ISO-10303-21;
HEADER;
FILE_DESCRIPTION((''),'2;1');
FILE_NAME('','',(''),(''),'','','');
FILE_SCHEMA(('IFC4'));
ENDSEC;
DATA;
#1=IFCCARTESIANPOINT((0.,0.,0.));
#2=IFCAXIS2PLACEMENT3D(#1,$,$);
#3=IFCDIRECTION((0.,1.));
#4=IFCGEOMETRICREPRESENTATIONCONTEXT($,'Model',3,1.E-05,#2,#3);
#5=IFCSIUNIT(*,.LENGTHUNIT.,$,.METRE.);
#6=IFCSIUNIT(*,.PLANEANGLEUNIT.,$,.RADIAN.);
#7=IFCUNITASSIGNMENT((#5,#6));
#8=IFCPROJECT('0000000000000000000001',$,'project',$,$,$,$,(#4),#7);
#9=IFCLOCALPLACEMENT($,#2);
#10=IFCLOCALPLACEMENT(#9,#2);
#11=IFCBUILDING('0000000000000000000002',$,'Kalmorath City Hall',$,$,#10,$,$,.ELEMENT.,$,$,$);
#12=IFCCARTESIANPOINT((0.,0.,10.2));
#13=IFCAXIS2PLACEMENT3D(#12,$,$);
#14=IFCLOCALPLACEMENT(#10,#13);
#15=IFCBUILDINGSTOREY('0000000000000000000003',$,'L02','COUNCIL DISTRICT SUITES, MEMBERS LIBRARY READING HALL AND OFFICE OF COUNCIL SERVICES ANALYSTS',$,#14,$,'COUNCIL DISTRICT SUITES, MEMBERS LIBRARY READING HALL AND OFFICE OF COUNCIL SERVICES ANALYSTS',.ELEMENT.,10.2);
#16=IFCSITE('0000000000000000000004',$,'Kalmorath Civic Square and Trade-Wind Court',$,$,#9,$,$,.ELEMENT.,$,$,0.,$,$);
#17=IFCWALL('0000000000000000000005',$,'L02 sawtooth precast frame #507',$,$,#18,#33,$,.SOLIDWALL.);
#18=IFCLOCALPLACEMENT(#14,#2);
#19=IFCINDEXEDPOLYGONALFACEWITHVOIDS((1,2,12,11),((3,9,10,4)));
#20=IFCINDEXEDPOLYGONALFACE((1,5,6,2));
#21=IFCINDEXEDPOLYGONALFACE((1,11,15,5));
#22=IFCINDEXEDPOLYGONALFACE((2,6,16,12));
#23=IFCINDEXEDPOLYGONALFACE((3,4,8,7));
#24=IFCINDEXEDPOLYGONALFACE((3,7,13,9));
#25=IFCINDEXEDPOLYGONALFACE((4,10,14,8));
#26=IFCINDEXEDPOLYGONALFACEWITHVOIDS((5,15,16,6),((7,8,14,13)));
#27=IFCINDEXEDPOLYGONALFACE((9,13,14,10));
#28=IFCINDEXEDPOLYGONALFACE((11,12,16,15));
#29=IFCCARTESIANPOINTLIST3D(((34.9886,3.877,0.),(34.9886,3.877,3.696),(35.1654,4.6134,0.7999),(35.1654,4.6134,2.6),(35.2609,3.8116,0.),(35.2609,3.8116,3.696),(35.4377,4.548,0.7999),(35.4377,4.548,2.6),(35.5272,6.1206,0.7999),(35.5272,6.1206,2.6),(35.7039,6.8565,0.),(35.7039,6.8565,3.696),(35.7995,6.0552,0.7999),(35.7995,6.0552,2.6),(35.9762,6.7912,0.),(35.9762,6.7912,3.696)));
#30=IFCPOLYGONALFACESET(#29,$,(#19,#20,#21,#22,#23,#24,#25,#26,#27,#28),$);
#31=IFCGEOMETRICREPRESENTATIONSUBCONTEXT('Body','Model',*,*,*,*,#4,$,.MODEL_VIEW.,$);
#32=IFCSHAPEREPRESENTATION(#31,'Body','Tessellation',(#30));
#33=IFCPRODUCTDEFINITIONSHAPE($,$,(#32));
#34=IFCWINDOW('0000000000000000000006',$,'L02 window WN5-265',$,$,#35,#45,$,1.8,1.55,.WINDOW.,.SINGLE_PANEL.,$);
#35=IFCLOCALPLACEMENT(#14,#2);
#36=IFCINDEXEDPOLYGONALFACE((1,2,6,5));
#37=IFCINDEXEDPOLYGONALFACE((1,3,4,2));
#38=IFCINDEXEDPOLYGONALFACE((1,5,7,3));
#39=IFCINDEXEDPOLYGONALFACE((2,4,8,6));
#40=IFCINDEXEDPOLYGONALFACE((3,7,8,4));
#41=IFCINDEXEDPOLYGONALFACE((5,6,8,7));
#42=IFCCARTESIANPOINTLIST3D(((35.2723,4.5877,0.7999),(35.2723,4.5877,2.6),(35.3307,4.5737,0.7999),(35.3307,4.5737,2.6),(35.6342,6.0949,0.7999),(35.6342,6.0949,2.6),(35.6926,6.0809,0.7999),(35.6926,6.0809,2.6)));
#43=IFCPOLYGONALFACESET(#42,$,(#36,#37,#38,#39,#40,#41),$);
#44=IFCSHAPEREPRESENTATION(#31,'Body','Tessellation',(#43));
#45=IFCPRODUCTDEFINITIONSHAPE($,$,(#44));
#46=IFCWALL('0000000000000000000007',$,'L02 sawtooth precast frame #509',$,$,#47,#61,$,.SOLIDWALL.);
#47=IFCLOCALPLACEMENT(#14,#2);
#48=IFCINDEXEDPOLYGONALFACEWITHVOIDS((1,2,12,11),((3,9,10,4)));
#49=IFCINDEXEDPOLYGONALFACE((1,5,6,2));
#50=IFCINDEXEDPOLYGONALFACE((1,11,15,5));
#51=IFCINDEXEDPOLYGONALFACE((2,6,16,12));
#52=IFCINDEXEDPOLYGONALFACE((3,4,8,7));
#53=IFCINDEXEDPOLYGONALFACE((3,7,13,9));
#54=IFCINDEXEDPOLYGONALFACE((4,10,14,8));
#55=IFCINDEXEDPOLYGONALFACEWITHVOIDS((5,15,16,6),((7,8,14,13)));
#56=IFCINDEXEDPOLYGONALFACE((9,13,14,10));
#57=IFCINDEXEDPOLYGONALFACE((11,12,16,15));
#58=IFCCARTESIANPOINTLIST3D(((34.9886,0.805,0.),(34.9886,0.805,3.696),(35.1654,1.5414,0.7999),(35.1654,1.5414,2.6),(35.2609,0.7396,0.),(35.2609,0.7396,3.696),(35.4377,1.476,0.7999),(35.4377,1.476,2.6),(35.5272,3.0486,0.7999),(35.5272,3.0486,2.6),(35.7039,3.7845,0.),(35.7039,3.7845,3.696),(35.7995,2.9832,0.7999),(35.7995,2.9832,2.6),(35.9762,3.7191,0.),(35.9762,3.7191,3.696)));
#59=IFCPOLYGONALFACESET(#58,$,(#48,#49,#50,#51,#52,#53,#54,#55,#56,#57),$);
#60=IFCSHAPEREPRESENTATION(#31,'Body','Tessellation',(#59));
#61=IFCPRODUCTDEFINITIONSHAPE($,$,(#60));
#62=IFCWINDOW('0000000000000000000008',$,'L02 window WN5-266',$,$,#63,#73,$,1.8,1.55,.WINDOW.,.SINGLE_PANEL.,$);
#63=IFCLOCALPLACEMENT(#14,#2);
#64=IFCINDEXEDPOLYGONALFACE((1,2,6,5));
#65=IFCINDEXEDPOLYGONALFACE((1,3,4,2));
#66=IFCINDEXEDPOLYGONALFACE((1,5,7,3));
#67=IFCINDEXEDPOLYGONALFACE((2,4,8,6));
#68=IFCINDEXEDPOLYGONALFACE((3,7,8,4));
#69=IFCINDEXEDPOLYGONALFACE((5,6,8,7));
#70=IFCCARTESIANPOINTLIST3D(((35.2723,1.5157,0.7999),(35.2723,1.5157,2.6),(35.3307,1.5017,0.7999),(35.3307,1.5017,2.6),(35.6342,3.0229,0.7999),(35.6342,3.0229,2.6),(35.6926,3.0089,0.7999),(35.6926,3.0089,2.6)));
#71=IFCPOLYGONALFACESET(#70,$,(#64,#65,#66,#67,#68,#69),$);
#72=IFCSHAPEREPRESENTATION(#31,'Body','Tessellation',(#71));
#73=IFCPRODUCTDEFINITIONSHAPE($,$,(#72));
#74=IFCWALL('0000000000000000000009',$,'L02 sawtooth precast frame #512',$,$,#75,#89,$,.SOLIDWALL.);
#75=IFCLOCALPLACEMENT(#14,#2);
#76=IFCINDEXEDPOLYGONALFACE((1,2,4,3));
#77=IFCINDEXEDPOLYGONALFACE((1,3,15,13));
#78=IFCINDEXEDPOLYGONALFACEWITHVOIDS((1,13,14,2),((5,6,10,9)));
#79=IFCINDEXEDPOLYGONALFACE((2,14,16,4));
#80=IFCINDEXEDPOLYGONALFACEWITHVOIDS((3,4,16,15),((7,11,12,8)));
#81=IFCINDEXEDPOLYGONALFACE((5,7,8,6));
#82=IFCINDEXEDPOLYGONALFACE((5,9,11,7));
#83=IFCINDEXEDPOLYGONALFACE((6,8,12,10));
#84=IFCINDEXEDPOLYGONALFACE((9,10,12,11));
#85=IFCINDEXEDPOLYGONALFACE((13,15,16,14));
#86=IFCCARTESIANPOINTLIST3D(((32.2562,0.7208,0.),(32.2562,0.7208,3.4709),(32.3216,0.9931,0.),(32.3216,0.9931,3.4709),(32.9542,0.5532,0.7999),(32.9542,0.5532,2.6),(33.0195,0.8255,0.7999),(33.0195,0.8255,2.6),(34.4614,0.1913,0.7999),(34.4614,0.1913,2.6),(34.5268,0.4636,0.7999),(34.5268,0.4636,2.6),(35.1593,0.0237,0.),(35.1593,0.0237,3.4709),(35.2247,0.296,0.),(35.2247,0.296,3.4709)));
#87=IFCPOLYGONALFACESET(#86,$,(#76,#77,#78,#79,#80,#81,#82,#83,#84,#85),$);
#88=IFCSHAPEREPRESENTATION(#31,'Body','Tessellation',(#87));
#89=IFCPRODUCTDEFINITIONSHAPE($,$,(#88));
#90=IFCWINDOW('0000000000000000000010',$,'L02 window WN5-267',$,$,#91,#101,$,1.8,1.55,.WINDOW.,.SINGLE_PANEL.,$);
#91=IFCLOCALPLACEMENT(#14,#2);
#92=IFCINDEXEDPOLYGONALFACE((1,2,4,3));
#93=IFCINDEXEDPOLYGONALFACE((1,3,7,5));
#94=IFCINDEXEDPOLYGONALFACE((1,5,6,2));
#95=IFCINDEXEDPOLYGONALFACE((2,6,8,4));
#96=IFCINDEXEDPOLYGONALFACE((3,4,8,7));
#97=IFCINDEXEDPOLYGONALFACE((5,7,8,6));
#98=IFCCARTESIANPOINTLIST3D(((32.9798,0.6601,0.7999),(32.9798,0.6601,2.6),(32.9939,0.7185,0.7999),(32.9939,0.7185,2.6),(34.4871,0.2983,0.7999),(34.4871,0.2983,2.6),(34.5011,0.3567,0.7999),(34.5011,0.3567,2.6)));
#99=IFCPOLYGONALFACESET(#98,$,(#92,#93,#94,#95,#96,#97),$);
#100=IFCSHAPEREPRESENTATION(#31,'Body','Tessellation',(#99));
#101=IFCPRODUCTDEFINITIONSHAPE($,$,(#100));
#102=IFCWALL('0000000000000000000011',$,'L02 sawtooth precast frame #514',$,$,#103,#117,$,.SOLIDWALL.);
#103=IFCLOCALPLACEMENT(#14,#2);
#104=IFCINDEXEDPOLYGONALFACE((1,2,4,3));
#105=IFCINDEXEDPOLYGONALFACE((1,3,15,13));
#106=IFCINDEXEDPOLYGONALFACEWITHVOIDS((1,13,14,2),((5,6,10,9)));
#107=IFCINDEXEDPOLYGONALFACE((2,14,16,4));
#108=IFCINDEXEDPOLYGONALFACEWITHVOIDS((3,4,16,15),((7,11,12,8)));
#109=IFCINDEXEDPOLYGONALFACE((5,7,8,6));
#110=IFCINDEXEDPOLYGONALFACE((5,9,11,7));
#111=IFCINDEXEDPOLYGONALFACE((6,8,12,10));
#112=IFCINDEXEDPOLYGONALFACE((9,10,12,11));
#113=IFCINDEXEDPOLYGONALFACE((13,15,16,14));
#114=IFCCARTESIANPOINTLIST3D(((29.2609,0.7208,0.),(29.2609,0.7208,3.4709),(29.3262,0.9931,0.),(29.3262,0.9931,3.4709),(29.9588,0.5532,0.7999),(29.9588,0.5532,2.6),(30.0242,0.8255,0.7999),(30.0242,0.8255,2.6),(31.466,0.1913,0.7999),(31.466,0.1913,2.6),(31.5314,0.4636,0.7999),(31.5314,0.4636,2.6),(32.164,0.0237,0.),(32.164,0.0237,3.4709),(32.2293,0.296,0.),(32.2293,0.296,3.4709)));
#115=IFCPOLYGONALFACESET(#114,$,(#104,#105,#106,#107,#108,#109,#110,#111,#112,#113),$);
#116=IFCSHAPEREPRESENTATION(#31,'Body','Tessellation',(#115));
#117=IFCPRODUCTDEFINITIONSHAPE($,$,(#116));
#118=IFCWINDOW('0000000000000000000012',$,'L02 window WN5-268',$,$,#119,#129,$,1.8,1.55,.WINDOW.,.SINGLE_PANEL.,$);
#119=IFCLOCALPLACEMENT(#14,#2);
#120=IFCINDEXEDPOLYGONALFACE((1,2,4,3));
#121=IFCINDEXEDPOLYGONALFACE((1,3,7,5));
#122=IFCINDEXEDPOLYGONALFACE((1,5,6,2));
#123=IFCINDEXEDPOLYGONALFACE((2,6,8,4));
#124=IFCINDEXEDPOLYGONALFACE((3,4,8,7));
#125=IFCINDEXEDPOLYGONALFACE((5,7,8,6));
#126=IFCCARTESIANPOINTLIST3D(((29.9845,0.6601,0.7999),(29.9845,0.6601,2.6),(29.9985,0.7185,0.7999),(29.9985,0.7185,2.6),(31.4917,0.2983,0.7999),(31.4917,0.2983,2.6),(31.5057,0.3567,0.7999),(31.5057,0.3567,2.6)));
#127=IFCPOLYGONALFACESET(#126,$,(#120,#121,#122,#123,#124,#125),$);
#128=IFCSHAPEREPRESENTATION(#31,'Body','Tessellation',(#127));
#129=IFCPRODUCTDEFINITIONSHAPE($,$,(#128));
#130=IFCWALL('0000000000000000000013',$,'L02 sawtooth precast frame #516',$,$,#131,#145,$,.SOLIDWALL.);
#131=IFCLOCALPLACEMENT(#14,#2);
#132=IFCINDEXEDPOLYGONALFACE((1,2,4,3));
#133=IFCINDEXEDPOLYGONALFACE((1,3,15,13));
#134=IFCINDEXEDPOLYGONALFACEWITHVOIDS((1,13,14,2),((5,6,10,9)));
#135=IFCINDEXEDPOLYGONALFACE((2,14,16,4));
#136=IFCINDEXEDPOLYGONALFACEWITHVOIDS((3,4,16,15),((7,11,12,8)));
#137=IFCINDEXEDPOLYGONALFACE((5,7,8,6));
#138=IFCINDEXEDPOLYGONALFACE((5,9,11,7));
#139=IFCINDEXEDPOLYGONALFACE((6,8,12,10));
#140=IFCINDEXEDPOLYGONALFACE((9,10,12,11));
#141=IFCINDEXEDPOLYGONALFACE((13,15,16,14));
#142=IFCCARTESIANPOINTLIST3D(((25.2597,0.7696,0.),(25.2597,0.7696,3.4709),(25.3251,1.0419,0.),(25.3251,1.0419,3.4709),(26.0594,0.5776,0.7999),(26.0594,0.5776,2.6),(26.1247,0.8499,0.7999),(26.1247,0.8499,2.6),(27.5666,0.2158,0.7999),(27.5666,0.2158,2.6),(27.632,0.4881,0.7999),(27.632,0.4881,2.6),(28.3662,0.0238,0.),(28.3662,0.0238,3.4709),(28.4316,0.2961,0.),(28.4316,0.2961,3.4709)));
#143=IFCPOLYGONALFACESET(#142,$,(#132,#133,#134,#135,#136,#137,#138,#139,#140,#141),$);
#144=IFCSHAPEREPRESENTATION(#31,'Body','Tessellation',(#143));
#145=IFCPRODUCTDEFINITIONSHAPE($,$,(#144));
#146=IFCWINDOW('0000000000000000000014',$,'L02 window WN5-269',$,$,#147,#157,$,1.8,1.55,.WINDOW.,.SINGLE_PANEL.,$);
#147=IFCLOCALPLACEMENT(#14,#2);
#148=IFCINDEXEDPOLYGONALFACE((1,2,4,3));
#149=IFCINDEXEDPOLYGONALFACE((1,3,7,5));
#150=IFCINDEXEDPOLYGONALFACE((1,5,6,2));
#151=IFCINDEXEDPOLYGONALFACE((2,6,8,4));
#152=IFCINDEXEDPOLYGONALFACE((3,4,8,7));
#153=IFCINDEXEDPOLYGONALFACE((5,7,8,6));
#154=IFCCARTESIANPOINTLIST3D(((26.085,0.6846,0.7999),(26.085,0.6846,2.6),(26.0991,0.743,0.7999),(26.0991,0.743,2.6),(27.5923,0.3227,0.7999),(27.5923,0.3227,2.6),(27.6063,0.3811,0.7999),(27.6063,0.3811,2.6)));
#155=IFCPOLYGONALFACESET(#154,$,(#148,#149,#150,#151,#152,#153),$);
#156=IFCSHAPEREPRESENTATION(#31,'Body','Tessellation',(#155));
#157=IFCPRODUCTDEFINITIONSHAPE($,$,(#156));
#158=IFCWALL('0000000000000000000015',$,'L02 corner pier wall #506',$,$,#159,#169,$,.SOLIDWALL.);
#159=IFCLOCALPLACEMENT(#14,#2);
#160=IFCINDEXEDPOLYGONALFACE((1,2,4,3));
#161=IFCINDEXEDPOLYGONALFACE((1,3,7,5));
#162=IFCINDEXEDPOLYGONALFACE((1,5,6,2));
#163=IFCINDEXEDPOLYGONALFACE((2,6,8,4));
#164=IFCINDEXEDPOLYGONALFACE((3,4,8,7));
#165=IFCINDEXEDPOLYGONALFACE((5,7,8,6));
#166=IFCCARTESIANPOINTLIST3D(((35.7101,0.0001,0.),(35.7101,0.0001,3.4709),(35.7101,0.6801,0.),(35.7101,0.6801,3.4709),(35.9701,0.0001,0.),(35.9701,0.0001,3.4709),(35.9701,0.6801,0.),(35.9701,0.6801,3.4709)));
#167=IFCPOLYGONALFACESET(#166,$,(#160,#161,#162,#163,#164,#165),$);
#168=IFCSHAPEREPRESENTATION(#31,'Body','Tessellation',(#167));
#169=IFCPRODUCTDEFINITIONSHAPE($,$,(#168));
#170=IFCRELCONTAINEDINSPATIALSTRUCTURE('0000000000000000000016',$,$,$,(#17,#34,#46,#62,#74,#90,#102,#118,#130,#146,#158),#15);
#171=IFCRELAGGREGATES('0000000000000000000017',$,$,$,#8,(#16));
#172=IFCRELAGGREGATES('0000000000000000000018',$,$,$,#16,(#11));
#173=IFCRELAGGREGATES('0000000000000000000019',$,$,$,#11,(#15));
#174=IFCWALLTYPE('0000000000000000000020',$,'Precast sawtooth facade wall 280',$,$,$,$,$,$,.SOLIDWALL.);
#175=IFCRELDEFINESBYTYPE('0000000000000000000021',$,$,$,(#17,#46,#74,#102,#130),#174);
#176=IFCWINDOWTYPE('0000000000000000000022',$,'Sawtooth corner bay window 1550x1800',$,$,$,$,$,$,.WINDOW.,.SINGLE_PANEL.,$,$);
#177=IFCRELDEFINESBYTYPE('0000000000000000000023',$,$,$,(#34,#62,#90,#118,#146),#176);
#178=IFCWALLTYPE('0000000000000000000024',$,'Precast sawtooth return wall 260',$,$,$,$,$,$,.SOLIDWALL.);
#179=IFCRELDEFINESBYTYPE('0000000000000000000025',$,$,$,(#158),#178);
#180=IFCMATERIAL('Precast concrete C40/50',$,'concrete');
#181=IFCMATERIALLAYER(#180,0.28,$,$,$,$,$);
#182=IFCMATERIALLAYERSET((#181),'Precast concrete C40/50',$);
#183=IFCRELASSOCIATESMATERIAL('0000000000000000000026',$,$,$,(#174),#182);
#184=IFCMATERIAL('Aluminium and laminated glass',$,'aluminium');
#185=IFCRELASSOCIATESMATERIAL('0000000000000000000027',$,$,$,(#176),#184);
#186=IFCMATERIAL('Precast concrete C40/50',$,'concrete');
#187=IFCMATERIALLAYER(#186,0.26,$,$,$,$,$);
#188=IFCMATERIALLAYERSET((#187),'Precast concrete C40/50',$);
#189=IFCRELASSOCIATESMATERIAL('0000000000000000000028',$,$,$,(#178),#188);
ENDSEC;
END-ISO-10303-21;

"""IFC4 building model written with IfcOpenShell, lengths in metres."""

from ifc_helpers import new_model, si_unit, direction, frame, frame_2d, origin, place, context, subcontext, project, spatial, rectangle, extrude, material, layer, layer_set, type_object, element, fill, save


model = new_model("IFC4")

# Units and contexts
model_context = context("Model", 3, precision=1e-05, world=origin(), true_north=direction((0.0, 1.0)))
body_context = subcontext(model_context, "Body", "Model", "MODEL_VIEW")
ifc_project = project(units=[si_unit("LENGTHUNIT", "METRE"), si_unit("PLANEANGLEUNIT", "RADIAN")], contexts=[model_context])

# Site, building, storey
site_placement = place(None, origin())
site = spatial("IfcSite", under=ifc_project, at=site_placement, Name="Kalmorath Civic Square and Trade-Wind Court", CompositionType="ELEMENT", RefElevation=0.0)
building_placement = place(site_placement, origin())
building = spatial("IfcBuilding", under=site, at=building_placement, Name="Kalmorath City Hall", CompositionType="ELEMENT")
storey_placement = place(building_placement, frame((0.0, 0.0, 10.2)))
storey = spatial("IfcBuildingStorey", under=building, at=storey_placement, Name="L02", Description="COUNCIL DISTRICT SUITES, MEMBERS LIBRARY READING HALL AND OFFICE OF COUNCIL SERVICES ANALYSTS", LongName="COUNCIL DISTRICT SUITES, MEMBERS LIBRARY READING HALL AND OFFICE OF COUNCIL SERVICES ANALYSTS", CompositionType="ELEMENT", Elevation=10.2)

# Walls, openings, windows
ifc_material_1 = material(Name="Precast concrete C40/50", Category="concrete")
ifc_layer_1 = layer(ifc_material_1, 0.28)
ifc_layer_set_1 = layer_set([ifc_layer_1], Name="Precast concrete C40/50")
wall_type_1 = type_object("IfcWallType", Name="Precast sawtooth facade wall 280", PredefinedType="SOLIDWALL", material=ifc_layer_set_1)
wall_1_placement = place(storey_placement, frame((35.8401, 6.824, 0.0), z_axis=(0.0, 0.0, 1.0), x_axis=(-0.233451, -0.972368, 0.0)))
wall_1 = element("IfcWall", 1, at=wall_1_placement, inside=storey, type_object=wall_type_1, Name="L02 sawtooth precast frame #507", PredefinedType="SOLIDWALL", context=body_context, shape_type="SweptSolid", body=[
    extrude(rectangle(XDim=3.0642, YDim=0.28, at=frame_2d((1.5322, 0.0))), origin(), (0.0, 0.0, 1.0), 3.696),
])
opening_1_placement = place(wall_1_placement, frame((0.7571, 0.0, 0.8)))
opening_1 = element("IfcOpeningElement", 2, at=opening_1_placement, cuts=wall_1, PredefinedType="OPENING", context=body_context, shape_type="SweptSolid", body=[
    extrude(rectangle(XDim=1.55, YDim=1.8, at=frame_2d((0.7749, 0.8999))), frame((0.0, 0.1499, 0.0), z_axis=(0.0, -1.0, 0.0), x_axis=(1.0, 0.0, 0.0)), (0.0, 0.0, 1.0), 0.3),
])
ifc_material_2 = material(Name="Aluminium and laminated glass", Category="aluminium")
window_type = type_object("IfcWindowType", Name="Sawtooth corner bay window 1550x1800", PartitioningType="SINGLE_PANEL", PredefinedType="WINDOW", material=ifc_material_2)
window_1_placement = place(opening_1_placement, origin())
window_1 = element("IfcWindow", 3, at=window_1_placement, inside=storey, type_object=window_type, Name="L02 window WN5-265", OverallHeight=1.8, OverallWidth=1.55, PartitioningType="SINGLE_PANEL", PredefinedType="WINDOW", context=body_context, shape_type="SweptSolid", body=[
    extrude(rectangle(XDim=1.55, YDim=1.8, at=frame_2d((0.7749, 0.8999))), frame((0.0, 0.03, 0.0), z_axis=(0.0, -1.0, 0.0), x_axis=(1.0, 0.0, 0.0)), (0.0, 0.0, 1.0), 0.0601),
])
fill(opening_1, window_1)
wall_2_placement = place(storey_placement, frame((35.8401, 3.752, 0.0), z_axis=(0.0, 0.0, 1.0), x_axis=(-0.233451, -0.972368, 0.0)))
wall_2 = element("IfcWall", 4, at=wall_2_placement, inside=storey, type_object=wall_type_1, Name="L02 sawtooth precast frame #509", PredefinedType="SOLIDWALL", context=body_context, shape_type="SweptSolid", body=[
    extrude(rectangle(XDim=3.0642, YDim=0.28, at=frame_2d((1.5322, 0.0))), origin(), (0.0, 0.0, 1.0), 3.696),
])
opening_2_placement = place(wall_2_placement, frame((0.7571, 0.0, 0.8)))
opening_2 = element("IfcOpeningElement", 5, at=opening_2_placement, cuts=wall_2, PredefinedType="OPENING", context=body_context, shape_type="SweptSolid", body=[
    extrude(rectangle(XDim=1.55, YDim=1.8, at=frame_2d((0.7749, 0.8999))), frame((0.0, 0.1499, 0.0), z_axis=(0.0, -1.0, 0.0), x_axis=(1.0, 0.0, 0.0)), (0.0, 0.0, 1.0), 0.3),
])
window_2_placement = place(opening_2_placement, origin())
window_2 = element("IfcWindow", 6, at=window_2_placement, inside=storey, type_object=window_type, Name="L02 window WN5-266", OverallHeight=1.8, OverallWidth=1.55, PartitioningType="SINGLE_PANEL", PredefinedType="WINDOW", context=body_context, shape_type="SweptSolid", body=[
    extrude(rectangle(XDim=1.55, YDim=1.8, at=frame_2d((0.7749, 0.8999))), frame((0.0, 0.03, 0.0), z_axis=(0.0, -1.0, 0.0), x_axis=(1.0, 0.0, 0.0)), (0.0, 0.0, 1.0), 0.0601),
])
fill(opening_2, window_2)
wall_3_placement = place(storey_placement, frame((35.1919, 0.1599, 0.0), z_axis=(0.0, 0.0, 1.0), x_axis=(-0.972366, 0.233463, 0.0)))
wall_3 = element("IfcWall", 7, at=wall_3_placement, inside=storey, type_object=wall_type_1, Name="L02 sawtooth precast frame #512", PredefinedType="SOLIDWALL", context=body_context, shape_type="SweptSolid", body=[
    extrude(rectangle(XDim=2.9856, YDim=0.28, at=frame_2d((1.4927, 0.0))), origin(), (0.0, 0.0, 1.0), 3.4709),
])
opening_3_placement = place(wall_3_placement, frame((0.7178, 0.0, 0.8)))
opening_3 = element("IfcOpeningElement", 8, at=opening_3_placement, cuts=wall_3, PredefinedType="OPENING", context=body_context, shape_type="SweptSolid", body=[
    extrude(rectangle(XDim=1.55, YDim=1.8, at=frame_2d((0.7749, 0.8999))), frame((0.0, 0.1499, 0.0), z_axis=(0.0, -1.0, 0.0), x_axis=(1.0, 0.0, 0.0)), (0.0, 0.0, 1.0), 0.3),
])
window_3_placement = place(opening_3_placement, origin())
window_3 = element("IfcWindow", 9, at=window_3_placement, inside=storey, type_object=window_type, Name="L02 window WN5-267", OverallHeight=1.8, OverallWidth=1.55, PartitioningType="SINGLE_PANEL", PredefinedType="WINDOW", context=body_context, shape_type="SweptSolid", body=[
    extrude(rectangle(XDim=1.55, YDim=1.8, at=frame_2d((0.7749, 0.8999))), frame((0.0, 0.03, 0.0), z_axis=(0.0, -1.0, 0.0), x_axis=(1.0, 0.0, 0.0)), (0.0, 0.0, 1.0), 0.0601),
])
fill(opening_3, window_3)
wall_4_placement = place(storey_placement, frame((32.1965, 0.1599, 0.0), z_axis=(0.0, 0.0, 1.0), x_axis=(-0.972366, 0.233463, 0.0)))
wall_4 = element("IfcWall", 10, at=wall_4_placement, inside=storey, type_object=wall_type_1, Name="L02 sawtooth precast frame #514", PredefinedType="SOLIDWALL", context=body_context, shape_type="SweptSolid", body=[
    extrude(rectangle(XDim=2.9856, YDim=0.28, at=frame_2d((1.4927, 0.0))), origin(), (0.0, 0.0, 1.0), 3.4709),
])
opening_4_placement = place(wall_4_placement, frame((0.7178, 0.0, 0.8)))
opening_4 = element("IfcOpeningElement", 11, at=opening_4_placement, cuts=wall_4, PredefinedType="OPENING", context=body_context, shape_type="SweptSolid", body=[
    extrude(rectangle(XDim=1.55, YDim=1.8, at=frame_2d((0.7749, 0.8999))), frame((0.0, 0.1499, 0.0), z_axis=(0.0, -1.0, 0.0), x_axis=(1.0, 0.0, 0.0)), (0.0, 0.0, 1.0), 0.3),
])
window_4_placement = place(opening_4_placement, origin())
window_4 = element("IfcWindow", 12, at=window_4_placement, inside=storey, type_object=window_type, Name="L02 window WN5-268", OverallHeight=1.8, OverallWidth=1.55, PartitioningType="SINGLE_PANEL", PredefinedType="WINDOW", context=body_context, shape_type="SweptSolid", body=[
    extrude(rectangle(XDim=1.55, YDim=1.8, at=frame_2d((0.7749, 0.8999))), frame((0.0, 0.03, 0.0), z_axis=(0.0, -1.0, 0.0), x_axis=(1.0, 0.0, 0.0)), (0.0, 0.0, 1.0), 0.0601),
])
fill(opening_4, window_4)
wall_5_placement = place(storey_placement, frame((28.3989, 0.1599, 0.0), z_axis=(0.0, 0.0, 1.0), x_axis=(-0.972366, 0.233463, 0.0)))
wall_5 = element("IfcWall", 13, at=wall_5_placement, inside=storey, type_object=wall_type_1, Name="L02 sawtooth precast frame #516", PredefinedType="SOLIDWALL", context=body_context, shape_type="SweptSolid", body=[
    extrude(rectangle(XDim=3.1948, YDim=0.28, at=frame_2d((1.5974, 0.0))), origin(), (0.0, 0.0, 1.0), 3.4709),
])
opening_5_placement = place(wall_5_placement, frame((0.8225, 0.0, 0.8)))
opening_5 = element("IfcOpeningElement", 14, at=opening_5_placement, cuts=wall_5, PredefinedType="OPENING", context=body_context, shape_type="SweptSolid", body=[
    extrude(rectangle(XDim=1.55, YDim=1.8, at=frame_2d((0.7749, 0.8999))), frame((0.0, 0.1499, 0.0), z_axis=(0.0, -1.0, 0.0), x_axis=(1.0, 0.0, 0.0)), (0.0, 0.0, 1.0), 0.3),
])
window_5_placement = place(opening_5_placement, origin())
window_5 = element("IfcWindow", 15, at=window_5_placement, inside=storey, type_object=window_type, Name="L02 window WN5-269", OverallHeight=1.8, OverallWidth=1.55, PartitioningType="SINGLE_PANEL", PredefinedType="WINDOW", context=body_context, shape_type="SweptSolid", body=[
    extrude(rectangle(XDim=1.55, YDim=1.8, at=frame_2d((0.7749, 0.8999))), frame((0.0, 0.03, 0.0), z_axis=(0.0, -1.0, 0.0), x_axis=(1.0, 0.0, 0.0)), (0.0, 0.0, 1.0), 0.0601),
])
fill(opening_5, window_5)

# Wall
ifc_material_3 = material(Name="Precast concrete C40/50", Category="concrete")
ifc_layer_2 = layer(ifc_material_3, 0.26)
ifc_layer_set_2 = layer_set([ifc_layer_2], Name="Precast concrete C40/50")
wall_type_2 = type_object("IfcWallType", Name="Precast sawtooth return wall 260", PredefinedType="SOLIDWALL", material=ifc_layer_set_2)
wall_6_placement = place(storey_placement, frame((35.8401, 0.6799, 0.0), z_axis=(0.0, 0.0, 1.0), x_axis=(0.0, -1.0, 0.0)))
element("IfcWall", 16, at=wall_6_placement, inside=storey, type_object=wall_type_2, Name="L02 corner pier wall #506", PredefinedType="SOLIDWALL", context=body_context, shape_type="SweptSolid", body=[
    extrude(rectangle(XDim=0.6799, YDim=0.26, at=frame_2d((0.3398, 0.0))), origin(), (0.0, 0.0, 1.0), 3.4709),
])

save(model, "model.ifc")
